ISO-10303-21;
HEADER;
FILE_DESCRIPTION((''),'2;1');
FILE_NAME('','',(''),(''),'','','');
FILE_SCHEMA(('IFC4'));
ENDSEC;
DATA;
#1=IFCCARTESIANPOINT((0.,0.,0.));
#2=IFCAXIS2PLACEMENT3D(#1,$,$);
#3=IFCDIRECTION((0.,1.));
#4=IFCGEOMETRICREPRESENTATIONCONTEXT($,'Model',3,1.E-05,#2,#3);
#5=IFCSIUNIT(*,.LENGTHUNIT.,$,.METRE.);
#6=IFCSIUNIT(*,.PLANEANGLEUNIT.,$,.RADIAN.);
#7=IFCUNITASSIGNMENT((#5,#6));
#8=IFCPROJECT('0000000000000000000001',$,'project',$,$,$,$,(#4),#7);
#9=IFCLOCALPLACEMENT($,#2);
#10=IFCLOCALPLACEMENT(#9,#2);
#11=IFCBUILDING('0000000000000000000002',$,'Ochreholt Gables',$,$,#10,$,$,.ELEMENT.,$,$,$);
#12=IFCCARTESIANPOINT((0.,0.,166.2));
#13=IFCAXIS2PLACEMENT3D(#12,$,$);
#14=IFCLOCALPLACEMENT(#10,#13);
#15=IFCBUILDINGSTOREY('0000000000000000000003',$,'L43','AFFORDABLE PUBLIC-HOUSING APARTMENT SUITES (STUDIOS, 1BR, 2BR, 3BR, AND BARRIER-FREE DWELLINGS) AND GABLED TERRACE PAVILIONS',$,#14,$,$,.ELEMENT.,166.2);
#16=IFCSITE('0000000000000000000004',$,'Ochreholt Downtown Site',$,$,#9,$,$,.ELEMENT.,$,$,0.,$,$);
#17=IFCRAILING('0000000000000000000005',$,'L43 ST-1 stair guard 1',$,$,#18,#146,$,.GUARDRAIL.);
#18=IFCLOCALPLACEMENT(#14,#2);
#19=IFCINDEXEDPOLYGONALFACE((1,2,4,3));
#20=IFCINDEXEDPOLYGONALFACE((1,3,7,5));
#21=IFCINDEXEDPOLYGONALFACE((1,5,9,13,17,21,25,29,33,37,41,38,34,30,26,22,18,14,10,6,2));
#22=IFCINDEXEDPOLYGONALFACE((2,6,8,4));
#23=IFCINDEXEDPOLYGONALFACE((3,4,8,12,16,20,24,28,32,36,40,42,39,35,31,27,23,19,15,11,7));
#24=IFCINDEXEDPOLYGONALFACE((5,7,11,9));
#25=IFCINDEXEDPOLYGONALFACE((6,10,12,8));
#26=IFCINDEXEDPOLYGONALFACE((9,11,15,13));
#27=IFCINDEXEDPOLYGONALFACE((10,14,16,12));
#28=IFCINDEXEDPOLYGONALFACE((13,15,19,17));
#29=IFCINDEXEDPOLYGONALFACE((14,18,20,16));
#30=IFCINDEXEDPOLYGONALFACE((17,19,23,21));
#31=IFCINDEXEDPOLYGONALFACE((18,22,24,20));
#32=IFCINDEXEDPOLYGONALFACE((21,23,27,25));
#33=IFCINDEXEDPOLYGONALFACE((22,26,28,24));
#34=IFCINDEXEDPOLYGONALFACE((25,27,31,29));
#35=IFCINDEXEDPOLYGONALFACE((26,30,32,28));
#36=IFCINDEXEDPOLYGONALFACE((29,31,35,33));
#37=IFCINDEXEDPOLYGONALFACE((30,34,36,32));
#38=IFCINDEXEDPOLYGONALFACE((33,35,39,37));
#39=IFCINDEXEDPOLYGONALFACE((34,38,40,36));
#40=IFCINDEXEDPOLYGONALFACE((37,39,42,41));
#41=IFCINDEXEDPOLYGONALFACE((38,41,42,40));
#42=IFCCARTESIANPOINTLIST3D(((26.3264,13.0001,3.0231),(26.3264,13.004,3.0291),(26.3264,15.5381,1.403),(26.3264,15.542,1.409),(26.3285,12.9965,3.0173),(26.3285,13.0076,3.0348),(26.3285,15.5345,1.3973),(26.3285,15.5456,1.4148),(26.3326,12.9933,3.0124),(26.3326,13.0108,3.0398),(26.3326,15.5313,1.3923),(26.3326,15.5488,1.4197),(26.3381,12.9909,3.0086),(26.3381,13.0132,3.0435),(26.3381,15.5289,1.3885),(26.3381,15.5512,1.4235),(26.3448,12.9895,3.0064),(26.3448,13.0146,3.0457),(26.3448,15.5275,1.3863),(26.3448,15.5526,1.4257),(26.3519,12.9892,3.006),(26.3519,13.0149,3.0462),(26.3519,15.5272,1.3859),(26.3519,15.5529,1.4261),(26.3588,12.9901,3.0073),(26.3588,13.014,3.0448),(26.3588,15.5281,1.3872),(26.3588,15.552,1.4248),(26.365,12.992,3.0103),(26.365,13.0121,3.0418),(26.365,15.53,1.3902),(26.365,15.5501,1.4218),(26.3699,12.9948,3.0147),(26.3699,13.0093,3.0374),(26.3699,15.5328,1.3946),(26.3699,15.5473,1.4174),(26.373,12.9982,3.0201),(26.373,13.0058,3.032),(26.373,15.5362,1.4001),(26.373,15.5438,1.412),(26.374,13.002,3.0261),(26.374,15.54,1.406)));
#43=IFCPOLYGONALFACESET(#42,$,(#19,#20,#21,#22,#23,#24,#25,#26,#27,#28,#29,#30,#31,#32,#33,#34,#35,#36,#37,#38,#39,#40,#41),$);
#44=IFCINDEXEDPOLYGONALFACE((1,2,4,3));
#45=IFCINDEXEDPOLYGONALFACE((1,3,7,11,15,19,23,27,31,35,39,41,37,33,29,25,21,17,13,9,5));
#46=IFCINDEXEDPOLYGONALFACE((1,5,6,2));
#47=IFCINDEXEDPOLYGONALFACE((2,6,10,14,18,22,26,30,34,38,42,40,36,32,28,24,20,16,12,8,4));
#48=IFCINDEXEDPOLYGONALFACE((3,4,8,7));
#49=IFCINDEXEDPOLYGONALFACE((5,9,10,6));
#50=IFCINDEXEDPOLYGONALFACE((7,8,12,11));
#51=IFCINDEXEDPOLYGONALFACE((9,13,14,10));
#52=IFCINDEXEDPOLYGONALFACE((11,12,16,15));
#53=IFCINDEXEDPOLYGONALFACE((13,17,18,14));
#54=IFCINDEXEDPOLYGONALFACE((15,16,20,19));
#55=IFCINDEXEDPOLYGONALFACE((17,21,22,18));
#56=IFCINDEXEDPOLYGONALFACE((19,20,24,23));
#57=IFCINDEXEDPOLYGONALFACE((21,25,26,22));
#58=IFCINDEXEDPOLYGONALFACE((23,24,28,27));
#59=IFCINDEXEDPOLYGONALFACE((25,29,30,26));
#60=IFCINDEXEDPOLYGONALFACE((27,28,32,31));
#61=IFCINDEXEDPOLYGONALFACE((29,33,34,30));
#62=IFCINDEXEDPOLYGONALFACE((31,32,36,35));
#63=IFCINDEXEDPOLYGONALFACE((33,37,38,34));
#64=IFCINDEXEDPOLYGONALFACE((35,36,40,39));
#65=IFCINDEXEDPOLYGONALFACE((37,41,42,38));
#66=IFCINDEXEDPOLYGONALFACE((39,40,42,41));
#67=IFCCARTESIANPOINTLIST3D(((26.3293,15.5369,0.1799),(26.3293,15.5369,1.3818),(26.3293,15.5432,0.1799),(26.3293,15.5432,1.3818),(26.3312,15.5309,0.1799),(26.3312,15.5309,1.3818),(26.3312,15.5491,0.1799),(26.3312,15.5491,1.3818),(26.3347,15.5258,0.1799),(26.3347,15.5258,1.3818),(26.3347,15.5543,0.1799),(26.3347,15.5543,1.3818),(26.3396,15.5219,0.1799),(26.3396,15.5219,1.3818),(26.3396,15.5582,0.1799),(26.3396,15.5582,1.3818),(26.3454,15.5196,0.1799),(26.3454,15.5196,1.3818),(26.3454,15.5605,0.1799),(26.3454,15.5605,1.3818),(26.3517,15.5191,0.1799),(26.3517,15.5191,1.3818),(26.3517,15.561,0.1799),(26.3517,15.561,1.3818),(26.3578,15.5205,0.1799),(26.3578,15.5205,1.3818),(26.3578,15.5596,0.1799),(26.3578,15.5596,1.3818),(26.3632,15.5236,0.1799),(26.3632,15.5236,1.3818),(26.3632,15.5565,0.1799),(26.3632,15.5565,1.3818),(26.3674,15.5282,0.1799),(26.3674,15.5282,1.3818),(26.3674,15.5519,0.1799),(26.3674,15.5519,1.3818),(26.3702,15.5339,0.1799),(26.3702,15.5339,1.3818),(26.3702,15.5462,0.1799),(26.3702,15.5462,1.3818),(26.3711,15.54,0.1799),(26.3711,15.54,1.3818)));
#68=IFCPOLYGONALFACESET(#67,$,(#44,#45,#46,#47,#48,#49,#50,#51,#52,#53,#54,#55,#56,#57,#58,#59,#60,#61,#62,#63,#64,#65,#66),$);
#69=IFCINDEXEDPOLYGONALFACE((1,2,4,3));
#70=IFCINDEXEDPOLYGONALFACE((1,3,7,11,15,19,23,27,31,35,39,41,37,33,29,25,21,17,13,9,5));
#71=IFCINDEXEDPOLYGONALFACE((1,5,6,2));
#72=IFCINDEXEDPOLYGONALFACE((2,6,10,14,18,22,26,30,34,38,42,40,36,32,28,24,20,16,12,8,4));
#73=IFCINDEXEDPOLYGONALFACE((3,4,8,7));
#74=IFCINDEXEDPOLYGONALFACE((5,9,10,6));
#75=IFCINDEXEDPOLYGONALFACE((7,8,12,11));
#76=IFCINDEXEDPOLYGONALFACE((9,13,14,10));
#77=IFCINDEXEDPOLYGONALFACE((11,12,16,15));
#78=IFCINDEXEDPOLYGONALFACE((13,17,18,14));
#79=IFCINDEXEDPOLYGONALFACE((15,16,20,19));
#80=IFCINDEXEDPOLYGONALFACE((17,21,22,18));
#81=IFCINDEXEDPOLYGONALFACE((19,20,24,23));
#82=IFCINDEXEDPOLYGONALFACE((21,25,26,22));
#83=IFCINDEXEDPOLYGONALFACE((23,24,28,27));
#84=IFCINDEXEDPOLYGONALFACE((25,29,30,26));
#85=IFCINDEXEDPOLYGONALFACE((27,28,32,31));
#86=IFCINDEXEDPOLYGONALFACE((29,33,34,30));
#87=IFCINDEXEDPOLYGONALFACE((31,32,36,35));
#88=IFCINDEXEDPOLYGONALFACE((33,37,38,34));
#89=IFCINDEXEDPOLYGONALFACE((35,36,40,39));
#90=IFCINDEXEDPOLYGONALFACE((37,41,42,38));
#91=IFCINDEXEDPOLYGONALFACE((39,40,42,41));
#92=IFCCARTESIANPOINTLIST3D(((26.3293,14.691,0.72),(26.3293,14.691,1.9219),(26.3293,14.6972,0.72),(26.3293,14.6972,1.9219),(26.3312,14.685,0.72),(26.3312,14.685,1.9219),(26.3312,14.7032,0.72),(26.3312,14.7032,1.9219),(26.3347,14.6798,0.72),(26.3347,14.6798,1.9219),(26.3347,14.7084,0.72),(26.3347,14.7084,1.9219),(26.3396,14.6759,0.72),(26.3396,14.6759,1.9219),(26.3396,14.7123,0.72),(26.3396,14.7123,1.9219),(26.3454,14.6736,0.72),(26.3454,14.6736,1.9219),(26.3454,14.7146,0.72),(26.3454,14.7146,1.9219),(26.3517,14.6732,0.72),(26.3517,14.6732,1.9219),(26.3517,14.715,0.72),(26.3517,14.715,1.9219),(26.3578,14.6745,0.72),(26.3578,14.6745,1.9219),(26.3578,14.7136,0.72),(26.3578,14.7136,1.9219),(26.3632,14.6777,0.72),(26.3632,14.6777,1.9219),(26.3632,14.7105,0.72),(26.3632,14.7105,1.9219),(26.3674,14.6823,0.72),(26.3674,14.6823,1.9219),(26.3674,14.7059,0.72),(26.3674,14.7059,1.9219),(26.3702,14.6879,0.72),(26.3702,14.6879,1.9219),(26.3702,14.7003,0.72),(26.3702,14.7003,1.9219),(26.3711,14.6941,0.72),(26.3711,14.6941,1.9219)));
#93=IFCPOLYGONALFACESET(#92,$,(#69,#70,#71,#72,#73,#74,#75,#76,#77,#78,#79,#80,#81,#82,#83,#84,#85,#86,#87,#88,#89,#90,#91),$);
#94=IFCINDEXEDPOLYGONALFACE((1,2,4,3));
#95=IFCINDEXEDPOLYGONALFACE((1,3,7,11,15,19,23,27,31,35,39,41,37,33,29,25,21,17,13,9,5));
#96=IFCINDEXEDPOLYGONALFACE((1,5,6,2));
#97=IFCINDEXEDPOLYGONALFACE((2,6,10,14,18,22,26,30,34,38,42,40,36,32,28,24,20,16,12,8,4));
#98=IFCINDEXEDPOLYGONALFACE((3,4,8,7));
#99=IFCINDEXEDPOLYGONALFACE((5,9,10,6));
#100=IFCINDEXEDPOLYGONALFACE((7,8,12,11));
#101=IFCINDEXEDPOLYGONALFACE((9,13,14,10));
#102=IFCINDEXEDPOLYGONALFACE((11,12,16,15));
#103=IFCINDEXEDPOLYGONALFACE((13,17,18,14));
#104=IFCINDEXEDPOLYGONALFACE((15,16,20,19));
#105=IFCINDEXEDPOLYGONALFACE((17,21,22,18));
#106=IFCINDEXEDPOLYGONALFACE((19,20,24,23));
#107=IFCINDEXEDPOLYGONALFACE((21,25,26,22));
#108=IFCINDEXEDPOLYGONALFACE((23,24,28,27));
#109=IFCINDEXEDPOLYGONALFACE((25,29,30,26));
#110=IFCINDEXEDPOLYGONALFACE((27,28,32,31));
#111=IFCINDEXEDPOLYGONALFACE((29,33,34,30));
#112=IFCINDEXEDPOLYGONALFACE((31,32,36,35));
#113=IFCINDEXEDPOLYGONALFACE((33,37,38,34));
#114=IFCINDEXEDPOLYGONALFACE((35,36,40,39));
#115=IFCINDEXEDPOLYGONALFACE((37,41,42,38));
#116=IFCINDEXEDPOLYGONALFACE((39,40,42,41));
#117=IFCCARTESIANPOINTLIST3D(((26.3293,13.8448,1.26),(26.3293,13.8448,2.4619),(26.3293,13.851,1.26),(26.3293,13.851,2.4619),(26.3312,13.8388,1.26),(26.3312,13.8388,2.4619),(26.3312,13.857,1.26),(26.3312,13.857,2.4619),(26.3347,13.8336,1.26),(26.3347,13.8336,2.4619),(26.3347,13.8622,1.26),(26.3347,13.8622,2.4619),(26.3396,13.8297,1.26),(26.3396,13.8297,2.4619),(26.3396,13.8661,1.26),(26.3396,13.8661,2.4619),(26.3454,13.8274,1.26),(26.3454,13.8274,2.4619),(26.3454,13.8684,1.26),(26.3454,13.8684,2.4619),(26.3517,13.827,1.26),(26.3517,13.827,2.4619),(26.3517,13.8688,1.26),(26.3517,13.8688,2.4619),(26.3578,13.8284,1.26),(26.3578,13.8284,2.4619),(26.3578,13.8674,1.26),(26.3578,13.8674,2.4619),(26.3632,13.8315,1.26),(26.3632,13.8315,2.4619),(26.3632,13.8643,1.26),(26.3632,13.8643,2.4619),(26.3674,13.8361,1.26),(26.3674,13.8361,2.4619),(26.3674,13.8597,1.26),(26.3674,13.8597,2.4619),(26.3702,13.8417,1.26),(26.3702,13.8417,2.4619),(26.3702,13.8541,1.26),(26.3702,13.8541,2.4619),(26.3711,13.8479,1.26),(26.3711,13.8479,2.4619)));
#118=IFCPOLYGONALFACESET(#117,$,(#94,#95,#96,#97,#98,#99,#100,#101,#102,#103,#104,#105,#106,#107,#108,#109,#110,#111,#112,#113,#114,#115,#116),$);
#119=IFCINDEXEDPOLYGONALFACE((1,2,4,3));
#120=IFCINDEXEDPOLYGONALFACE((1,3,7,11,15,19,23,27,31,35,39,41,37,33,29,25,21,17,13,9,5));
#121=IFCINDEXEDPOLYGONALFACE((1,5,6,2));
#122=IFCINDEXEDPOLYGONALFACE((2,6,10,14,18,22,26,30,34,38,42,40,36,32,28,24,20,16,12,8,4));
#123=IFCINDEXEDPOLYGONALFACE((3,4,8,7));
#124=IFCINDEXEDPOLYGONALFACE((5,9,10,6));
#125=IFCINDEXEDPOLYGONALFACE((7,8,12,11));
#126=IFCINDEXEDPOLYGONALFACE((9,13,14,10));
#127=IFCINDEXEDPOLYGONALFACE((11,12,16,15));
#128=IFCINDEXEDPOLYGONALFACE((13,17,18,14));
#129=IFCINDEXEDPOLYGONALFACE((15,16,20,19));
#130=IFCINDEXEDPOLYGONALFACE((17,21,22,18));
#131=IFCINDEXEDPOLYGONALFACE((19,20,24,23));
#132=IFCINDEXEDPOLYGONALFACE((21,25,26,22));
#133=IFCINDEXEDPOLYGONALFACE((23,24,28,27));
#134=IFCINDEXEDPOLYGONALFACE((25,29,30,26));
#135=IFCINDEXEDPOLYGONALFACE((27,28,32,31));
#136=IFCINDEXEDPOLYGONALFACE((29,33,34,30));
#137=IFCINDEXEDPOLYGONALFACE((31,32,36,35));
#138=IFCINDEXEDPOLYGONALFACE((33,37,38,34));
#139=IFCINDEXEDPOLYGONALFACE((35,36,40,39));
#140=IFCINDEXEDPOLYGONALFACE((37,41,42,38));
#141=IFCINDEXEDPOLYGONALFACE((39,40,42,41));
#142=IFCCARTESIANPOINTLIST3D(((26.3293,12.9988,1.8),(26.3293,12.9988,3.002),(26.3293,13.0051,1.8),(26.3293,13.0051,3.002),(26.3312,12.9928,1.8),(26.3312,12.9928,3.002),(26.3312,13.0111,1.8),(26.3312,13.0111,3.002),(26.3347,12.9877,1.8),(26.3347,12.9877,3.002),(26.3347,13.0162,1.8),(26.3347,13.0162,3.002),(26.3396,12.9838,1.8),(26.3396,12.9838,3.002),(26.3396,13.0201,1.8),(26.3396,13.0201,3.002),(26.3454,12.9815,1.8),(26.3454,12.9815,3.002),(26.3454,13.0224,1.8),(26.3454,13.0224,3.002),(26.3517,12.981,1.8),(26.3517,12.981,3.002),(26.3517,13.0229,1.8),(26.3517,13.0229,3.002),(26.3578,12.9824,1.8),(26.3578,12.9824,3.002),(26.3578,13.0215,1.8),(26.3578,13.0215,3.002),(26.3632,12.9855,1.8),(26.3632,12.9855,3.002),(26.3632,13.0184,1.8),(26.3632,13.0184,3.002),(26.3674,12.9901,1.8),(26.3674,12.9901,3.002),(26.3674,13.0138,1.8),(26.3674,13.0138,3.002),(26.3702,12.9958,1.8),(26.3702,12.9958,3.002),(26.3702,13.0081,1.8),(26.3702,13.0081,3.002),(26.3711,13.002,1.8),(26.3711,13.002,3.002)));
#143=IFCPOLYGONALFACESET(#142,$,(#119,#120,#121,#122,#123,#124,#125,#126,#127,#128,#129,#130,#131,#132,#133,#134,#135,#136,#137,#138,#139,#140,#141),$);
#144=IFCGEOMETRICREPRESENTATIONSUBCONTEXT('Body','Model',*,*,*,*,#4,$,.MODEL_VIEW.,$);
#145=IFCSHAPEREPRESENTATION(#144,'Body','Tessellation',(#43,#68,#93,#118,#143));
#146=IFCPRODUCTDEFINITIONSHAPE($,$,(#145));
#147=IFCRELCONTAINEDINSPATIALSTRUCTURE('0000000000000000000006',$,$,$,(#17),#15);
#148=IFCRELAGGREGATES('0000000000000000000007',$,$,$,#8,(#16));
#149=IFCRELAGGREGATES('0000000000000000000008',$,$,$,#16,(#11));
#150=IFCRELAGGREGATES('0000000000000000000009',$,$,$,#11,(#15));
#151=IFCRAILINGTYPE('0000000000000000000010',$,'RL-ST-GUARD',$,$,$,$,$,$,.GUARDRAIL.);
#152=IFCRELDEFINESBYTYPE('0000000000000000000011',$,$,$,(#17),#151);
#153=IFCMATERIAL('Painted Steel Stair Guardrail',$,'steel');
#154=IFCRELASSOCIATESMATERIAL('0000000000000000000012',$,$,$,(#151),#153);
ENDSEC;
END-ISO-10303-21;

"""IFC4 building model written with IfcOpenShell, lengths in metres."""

from ifc_helpers import new_model, si_unit, direction, frame, origin, origin_2d, place, context, subcontext, project, spatial, circle, extrude, material, type_object, element, save


model = new_model("IFC4")

# Units and contexts
model_context = context("Model", 3, precision=1e-05, world=origin(), true_north=direction((0.0, 1.0)))
body_context = subcontext(model_context, "Body", "Model", "MODEL_VIEW")
ifc_project = project(units=[si_unit("LENGTHUNIT", "METRE"), si_unit("PLANEANGLEUNIT", "RADIAN")], contexts=[model_context])

# Site, building, storey
site_placement = place(None, origin())
site = spatial("IfcSite", under=ifc_project, at=site_placement, Name="Ochreholt Downtown Site", CompositionType="ELEMENT", RefElevation=0.0)
building_placement = place(site_placement, origin())
building = spatial("IfcBuilding", under=site, at=building_placement, Name="Ochreholt Gables", CompositionType="ELEMENT")
storey_placement = place(building_placement, frame((0.0, 0.0, 166.2)))
storey = spatial("IfcBuildingStorey", under=building, at=storey_placement, Name="L43", Description="AFFORDABLE PUBLIC-HOUSING APARTMENT SUITES (STUDIOS, 1BR, 2BR, 3BR, AND BARRIER-FREE DWELLINGS) AND GABLED TERRACE PAVILIONS", CompositionType="ELEMENT", Elevation=166.2)

# Railing
ifc_material_1 = material(Name="Painted Steel Stair Guardrail", Category="steel")
railing_type_1 = type_object("IfcRailingType", Name="RL-ST-GUARD", PredefinedType="GUARDRAIL", material=ifc_material_1)
railing_1_placement = place(storey_placement, frame((26.3501, 15.54, 0.1799)))
element("IfcRailing", 1, at=railing_1_placement, inside=storey, type_object=railing_type_1, Name="L43 ST-1 stair guard 1", PredefinedType="GUARDRAIL", context=body_context, shape_type="SweptSolid", body=[
    extrude(circle(Radius=0.0239, at=origin_2d()), frame((0.0, 0.0, 1.2261), z_axis=(0.0, -0.842913, 0.53805), x_axis=(1.0, 0.0, 0.0)), (0.0, 0.0, 1.0), 3.011),
    extrude(circle(Radius=0.021, at=origin_2d()), origin(), (0.0, 0.0, 1.0), 1.2019),
    extrude(circle(Radius=0.021, at=origin_2d()), frame((0.0, -0.8459, 0.54)), (0.0, 0.0, 1.0), 1.2019),
    extrude(circle(Radius=0.021, at=origin_2d()), frame((0.0, -1.6921, 1.0801)), (0.0, 0.0, 1.0), 1.2019),
    extrude(circle(Radius=0.021, at=origin_2d()), frame((0.0, -2.5381, 1.6201)), (0.0, 0.0, 1.0), 1.2019),
])

save(model, "model.ifc")
